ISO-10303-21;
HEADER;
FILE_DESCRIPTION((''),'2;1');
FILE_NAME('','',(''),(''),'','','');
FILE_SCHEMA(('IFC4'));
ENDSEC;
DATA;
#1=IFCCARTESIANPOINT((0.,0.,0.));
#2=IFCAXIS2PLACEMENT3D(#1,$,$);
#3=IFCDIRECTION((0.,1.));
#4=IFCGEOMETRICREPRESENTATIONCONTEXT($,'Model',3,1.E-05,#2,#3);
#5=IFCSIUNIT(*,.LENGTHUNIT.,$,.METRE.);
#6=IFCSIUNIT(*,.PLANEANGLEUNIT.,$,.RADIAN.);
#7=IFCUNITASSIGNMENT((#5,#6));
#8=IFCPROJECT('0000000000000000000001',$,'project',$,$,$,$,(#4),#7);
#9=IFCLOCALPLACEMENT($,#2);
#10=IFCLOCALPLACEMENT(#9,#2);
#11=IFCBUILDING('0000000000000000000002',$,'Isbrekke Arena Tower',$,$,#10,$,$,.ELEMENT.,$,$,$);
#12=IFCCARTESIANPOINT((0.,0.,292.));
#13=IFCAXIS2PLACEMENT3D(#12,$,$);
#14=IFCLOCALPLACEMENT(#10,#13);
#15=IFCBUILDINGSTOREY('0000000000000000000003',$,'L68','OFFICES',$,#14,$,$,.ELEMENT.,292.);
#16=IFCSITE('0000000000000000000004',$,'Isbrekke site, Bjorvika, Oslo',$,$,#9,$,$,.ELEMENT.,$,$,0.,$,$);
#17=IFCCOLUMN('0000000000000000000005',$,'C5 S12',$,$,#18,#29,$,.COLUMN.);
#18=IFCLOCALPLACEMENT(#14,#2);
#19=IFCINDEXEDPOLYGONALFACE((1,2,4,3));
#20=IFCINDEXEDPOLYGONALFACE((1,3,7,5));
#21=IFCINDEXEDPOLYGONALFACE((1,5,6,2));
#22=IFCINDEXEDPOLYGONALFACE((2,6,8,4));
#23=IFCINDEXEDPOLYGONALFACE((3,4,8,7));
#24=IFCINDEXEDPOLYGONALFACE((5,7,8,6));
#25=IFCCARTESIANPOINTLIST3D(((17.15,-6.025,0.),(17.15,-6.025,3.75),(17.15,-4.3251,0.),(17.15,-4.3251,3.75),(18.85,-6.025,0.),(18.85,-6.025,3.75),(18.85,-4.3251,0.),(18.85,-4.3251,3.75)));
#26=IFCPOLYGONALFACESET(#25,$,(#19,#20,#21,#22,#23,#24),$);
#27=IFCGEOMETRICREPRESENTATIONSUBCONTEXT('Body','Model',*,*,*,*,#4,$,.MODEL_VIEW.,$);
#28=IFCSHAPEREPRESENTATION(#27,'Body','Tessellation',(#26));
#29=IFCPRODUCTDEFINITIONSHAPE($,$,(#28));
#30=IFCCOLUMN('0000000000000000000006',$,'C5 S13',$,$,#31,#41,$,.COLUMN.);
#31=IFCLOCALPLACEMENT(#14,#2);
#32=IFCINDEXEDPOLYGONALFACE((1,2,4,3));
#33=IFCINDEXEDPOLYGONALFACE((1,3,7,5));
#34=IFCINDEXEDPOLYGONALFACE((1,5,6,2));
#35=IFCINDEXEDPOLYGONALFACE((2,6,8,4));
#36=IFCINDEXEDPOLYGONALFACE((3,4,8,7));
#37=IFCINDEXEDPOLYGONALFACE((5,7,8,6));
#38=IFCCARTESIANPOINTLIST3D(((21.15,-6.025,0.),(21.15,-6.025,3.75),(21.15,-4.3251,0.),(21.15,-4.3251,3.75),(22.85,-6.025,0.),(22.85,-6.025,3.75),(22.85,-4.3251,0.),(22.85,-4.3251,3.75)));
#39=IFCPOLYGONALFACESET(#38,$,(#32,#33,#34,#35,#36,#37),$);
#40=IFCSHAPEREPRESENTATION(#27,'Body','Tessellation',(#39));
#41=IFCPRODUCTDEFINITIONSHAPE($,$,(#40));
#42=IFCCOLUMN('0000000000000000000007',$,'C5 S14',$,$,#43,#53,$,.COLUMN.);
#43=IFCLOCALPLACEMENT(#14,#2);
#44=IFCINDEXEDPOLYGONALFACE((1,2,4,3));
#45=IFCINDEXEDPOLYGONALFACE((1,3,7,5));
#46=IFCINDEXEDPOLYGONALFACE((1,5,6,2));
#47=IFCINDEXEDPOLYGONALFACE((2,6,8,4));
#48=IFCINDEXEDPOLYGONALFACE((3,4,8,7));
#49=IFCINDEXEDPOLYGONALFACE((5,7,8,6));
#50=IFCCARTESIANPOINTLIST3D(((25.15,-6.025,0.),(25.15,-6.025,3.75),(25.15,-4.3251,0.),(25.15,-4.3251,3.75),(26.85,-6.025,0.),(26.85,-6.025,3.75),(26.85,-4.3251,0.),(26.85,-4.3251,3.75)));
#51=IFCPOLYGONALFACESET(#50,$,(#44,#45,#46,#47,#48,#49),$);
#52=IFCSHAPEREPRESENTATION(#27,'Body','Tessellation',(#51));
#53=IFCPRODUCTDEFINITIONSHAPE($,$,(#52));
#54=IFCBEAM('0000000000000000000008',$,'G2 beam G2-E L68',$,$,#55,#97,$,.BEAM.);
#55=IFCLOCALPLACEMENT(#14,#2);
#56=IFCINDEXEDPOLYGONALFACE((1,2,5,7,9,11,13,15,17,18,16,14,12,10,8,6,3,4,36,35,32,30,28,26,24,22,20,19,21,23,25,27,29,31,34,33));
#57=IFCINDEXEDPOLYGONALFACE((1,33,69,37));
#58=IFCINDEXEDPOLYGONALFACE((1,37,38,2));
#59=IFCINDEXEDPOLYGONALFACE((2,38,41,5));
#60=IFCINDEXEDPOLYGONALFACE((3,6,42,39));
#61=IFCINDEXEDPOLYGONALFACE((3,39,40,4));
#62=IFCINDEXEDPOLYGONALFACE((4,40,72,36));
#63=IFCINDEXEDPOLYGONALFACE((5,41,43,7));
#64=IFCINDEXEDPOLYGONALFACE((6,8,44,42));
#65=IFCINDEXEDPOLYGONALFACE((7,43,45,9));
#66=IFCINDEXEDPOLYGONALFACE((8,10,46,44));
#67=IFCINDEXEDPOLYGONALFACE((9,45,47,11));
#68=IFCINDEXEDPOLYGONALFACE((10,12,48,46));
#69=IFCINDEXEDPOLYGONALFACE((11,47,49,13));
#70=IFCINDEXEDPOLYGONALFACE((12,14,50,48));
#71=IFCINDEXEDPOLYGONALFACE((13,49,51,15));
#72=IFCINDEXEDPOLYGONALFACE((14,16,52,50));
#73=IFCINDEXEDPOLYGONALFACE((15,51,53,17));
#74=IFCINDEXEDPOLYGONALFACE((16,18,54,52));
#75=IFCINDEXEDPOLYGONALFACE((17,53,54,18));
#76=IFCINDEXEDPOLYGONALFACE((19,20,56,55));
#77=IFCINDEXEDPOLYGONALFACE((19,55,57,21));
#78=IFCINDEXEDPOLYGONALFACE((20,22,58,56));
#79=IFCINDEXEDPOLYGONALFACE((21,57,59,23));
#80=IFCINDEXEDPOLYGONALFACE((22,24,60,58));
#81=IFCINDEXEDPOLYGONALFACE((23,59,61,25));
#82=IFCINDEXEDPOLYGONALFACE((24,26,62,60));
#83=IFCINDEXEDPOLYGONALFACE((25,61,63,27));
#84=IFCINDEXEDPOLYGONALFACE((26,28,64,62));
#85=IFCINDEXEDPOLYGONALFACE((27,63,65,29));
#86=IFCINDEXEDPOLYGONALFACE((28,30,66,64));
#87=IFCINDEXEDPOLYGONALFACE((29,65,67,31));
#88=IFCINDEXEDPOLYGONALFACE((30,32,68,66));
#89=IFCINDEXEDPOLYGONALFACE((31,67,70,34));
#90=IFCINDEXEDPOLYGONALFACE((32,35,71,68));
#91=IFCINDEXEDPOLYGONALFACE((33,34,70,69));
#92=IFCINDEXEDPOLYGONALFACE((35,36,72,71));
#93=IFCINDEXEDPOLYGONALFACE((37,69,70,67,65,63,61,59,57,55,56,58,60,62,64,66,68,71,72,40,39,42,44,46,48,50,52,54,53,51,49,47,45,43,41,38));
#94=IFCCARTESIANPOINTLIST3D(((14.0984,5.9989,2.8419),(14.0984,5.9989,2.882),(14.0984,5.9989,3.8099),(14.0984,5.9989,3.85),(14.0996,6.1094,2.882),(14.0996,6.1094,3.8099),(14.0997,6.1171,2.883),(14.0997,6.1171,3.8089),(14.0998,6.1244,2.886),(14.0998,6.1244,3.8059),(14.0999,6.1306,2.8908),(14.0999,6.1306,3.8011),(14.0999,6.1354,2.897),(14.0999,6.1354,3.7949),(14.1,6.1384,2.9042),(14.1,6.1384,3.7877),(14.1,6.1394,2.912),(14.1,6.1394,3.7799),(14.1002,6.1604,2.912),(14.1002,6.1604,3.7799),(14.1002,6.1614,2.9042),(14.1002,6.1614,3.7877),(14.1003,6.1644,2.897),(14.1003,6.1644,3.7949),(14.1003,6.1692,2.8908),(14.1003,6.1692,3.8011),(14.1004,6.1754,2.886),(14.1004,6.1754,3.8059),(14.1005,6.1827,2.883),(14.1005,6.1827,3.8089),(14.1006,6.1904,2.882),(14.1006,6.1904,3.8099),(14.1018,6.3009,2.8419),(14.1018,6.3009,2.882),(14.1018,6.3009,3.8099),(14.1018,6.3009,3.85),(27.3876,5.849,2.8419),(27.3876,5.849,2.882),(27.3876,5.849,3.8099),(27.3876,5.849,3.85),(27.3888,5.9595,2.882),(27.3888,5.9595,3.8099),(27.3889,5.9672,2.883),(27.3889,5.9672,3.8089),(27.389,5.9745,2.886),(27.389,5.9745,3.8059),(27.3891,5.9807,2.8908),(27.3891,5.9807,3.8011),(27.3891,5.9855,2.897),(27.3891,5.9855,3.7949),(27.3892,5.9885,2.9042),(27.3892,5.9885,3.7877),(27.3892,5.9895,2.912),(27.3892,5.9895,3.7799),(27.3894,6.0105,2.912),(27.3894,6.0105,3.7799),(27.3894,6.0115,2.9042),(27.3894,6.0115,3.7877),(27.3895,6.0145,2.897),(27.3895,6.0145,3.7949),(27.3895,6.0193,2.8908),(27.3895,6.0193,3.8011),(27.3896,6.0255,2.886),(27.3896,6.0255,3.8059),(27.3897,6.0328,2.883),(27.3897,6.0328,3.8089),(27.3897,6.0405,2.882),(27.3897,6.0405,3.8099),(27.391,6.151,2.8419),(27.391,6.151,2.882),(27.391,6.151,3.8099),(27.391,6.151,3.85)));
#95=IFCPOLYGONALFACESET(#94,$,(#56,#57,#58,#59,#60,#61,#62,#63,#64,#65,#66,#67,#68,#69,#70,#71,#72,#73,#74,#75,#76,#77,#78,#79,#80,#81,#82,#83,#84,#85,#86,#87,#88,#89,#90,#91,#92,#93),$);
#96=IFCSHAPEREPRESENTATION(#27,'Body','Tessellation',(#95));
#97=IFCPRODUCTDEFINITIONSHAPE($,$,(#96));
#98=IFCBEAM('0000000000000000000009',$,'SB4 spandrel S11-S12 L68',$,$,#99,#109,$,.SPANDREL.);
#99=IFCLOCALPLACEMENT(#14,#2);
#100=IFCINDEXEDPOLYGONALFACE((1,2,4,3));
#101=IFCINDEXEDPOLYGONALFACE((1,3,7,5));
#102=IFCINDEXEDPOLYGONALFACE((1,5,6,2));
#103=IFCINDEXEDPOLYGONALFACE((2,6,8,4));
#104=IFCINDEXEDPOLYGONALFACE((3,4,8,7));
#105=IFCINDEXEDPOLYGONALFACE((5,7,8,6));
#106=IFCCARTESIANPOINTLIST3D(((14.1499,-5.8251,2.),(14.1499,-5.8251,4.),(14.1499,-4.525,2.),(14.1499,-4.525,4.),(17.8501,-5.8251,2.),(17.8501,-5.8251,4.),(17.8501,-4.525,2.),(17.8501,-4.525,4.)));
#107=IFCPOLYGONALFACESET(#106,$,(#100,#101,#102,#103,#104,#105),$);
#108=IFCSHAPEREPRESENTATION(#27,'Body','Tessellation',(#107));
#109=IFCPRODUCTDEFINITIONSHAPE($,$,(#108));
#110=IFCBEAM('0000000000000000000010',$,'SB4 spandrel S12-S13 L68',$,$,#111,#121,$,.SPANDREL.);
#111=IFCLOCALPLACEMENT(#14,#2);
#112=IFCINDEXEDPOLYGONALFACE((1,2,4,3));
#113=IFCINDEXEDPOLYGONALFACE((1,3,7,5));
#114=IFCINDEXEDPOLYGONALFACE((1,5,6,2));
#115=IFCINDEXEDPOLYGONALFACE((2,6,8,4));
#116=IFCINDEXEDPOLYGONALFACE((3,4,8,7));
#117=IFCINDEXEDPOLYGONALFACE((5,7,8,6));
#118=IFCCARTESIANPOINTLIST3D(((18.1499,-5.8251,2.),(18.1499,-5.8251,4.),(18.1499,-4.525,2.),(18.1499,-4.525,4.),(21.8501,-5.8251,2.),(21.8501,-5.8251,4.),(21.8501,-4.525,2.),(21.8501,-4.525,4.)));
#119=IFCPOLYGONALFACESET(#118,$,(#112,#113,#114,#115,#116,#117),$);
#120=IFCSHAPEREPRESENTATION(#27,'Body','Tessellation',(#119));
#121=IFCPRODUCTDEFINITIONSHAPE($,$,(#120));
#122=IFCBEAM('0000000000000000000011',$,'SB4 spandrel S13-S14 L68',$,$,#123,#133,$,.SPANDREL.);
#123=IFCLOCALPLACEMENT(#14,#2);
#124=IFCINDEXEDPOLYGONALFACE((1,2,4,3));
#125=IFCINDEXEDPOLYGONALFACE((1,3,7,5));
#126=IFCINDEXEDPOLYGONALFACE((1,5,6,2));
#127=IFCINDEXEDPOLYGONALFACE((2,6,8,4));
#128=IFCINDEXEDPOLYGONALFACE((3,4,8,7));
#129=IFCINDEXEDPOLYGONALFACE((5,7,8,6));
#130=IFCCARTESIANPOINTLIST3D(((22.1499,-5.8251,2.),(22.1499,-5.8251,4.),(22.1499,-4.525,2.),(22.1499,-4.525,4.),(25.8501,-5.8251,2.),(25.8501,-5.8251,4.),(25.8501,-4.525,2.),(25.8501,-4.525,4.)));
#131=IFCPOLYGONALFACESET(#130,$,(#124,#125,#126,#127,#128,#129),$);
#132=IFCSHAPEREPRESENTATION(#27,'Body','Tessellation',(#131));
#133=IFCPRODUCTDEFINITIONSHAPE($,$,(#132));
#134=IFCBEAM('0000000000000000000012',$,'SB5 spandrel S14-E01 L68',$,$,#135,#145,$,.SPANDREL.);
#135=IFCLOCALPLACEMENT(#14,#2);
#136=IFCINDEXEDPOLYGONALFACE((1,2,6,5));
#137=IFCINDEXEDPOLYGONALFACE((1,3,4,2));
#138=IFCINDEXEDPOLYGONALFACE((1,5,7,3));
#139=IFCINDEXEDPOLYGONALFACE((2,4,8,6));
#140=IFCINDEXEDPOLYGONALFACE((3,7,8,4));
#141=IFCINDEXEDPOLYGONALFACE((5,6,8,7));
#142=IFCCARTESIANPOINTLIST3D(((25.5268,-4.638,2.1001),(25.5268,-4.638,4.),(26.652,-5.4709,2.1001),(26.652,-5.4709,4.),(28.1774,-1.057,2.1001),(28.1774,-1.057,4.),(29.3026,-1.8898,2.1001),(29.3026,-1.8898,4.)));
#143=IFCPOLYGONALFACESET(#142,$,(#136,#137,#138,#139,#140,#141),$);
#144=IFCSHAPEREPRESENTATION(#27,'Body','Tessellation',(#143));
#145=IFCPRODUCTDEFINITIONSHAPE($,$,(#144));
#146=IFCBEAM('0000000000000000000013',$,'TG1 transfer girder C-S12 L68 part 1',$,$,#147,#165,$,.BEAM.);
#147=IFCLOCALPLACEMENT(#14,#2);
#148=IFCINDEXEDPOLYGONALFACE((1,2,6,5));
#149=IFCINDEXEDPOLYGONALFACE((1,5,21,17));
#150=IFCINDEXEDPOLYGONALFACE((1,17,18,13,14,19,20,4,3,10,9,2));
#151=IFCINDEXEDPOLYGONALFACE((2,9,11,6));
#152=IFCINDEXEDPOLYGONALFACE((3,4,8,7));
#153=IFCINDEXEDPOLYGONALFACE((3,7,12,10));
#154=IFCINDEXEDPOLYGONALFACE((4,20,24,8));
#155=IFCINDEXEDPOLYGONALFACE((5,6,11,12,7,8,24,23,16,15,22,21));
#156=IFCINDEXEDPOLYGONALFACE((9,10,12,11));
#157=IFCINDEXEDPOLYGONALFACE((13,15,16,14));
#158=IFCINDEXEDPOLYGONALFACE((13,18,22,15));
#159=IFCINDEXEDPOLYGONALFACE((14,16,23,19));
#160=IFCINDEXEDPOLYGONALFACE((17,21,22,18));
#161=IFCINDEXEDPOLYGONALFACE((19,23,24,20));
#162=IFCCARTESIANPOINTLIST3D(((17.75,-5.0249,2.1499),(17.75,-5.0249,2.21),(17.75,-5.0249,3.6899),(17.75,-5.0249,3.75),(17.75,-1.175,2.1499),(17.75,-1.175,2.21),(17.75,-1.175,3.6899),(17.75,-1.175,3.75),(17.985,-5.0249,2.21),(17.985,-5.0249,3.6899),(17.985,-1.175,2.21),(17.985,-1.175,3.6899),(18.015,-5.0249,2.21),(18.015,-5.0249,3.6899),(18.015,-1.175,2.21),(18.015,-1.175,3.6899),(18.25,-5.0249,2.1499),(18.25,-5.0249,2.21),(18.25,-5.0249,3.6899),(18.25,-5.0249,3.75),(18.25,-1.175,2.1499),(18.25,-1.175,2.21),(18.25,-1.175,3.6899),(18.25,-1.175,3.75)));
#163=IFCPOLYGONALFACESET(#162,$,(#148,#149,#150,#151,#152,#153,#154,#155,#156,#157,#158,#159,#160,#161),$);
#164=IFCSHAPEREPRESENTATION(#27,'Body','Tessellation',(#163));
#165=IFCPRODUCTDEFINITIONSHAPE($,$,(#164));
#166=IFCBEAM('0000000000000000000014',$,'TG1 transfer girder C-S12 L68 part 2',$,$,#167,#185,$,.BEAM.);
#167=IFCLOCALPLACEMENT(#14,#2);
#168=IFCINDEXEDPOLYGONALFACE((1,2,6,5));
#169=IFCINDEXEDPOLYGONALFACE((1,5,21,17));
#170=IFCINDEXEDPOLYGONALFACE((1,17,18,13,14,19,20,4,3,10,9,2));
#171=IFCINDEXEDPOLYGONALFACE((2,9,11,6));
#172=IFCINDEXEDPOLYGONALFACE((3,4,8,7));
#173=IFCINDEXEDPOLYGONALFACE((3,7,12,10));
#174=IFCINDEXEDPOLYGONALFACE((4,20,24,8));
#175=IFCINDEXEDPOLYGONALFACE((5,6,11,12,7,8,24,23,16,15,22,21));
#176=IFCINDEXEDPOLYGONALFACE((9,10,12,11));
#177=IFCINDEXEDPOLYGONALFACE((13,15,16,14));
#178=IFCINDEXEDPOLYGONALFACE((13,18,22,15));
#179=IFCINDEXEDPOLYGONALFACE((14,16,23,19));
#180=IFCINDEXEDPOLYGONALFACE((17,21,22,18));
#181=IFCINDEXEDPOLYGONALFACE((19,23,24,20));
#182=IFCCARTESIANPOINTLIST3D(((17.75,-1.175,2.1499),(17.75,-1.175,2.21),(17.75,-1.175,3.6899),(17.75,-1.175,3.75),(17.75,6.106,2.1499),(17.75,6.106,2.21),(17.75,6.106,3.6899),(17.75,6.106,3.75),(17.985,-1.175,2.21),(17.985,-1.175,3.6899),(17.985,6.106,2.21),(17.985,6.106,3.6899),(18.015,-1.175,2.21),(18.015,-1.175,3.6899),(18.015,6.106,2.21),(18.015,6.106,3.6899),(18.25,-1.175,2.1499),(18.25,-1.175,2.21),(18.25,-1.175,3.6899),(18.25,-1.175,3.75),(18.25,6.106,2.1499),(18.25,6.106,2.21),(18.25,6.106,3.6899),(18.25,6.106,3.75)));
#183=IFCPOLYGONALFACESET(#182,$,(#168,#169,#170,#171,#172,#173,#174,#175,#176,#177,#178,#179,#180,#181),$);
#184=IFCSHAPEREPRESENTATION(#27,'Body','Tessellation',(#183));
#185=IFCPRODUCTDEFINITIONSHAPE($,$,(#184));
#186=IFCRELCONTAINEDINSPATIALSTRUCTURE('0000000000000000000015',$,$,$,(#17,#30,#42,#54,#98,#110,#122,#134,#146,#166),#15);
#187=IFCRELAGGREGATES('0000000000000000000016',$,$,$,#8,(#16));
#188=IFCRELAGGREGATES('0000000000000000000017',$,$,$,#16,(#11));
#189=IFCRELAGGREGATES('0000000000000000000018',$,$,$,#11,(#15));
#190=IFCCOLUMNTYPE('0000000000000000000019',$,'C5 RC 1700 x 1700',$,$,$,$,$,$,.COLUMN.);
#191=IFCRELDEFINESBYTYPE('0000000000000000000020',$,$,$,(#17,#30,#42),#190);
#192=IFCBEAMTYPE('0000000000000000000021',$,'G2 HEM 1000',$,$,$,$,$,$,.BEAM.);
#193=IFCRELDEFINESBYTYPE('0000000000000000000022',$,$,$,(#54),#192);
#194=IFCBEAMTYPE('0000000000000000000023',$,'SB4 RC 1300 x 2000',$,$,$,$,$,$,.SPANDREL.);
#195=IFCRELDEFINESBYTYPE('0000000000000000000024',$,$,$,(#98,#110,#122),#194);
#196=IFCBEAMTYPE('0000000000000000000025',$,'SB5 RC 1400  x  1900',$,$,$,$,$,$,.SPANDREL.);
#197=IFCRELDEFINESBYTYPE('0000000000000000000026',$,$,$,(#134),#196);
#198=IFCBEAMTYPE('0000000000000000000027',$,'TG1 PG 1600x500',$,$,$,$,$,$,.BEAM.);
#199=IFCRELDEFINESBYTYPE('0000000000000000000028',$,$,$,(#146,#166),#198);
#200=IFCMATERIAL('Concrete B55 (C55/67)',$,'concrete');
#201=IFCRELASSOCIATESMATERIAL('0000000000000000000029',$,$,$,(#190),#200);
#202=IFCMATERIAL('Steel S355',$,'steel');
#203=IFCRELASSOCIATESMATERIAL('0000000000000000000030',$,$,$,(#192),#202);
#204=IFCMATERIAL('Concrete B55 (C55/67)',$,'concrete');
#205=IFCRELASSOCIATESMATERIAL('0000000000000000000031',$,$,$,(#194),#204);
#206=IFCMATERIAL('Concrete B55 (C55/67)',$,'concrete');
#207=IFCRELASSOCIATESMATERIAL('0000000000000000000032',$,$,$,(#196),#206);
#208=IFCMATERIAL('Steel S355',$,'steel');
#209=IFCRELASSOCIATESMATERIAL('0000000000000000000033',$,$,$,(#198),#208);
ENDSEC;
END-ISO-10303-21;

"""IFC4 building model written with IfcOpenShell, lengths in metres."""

from ifc_helpers import new_model, si_unit, direction, frame, origin, origin_2d, place, context, subcontext, project, spatial, rectangle, i_section, extrude, material, material_profile, profile_set, type_object, element, save


model = new_model("IFC4")

# Units and contexts
model_context = context("Model", 3, precision=1e-05, world=origin(), true_north=direction((0.0, 1.0)))
body_context = subcontext(model_context, "Body", "Model", "MODEL_VIEW")
ifc_project = project(units=[si_unit("LENGTHUNIT", "METRE"), si_unit("PLANEANGLEUNIT", "RADIAN")], contexts=[model_context])

# Site, building, storey
site_placement = place(None, origin())
site = spatial("IfcSite", under=ifc_project, at=site_placement, Name="Isbrekke site, Bjorvika, Oslo", CompositionType="ELEMENT", RefElevation=0.0)
building_placement = place(site_placement, origin())
building = spatial("IfcBuilding", under=site, at=building_placement, Name="Isbrekke Arena Tower", CompositionType="ELEMENT")
storey_placement = place(building_placement, frame((0.0, 0.0, 292.0)))
storey = spatial("IfcBuildingStorey", under=building, at=storey_placement, Name="L68", Description="OFFICES", CompositionType="ELEMENT", Elevation=292.0)

# Columns
ifc_material_1 = material(Name="Concrete B55 (C55/67)", Category="concrete")
ifc_material_profile_1 = material_profile(ifc_material_1, rectangle(XDim=1.7, YDim=1.7, at=origin_2d()), Name="RC 1700x1700")
ifc_profile_set_1 = profile_set([ifc_material_profile_1], Name="Concrete B55 (C55/67)")
column_type = type_object("IfcColumnType", Name="C5 RC 1700 x 1700", PredefinedType="COLUMN", material=ifc_profile_set_1)
for number, where, z_axis, x_axis, name in (
    (1, (18.0, -5.175, 0.0), (0.0, 0.0, 1.0), (1.0, 0.0, 0.0), "C5 S12"),
    (2, (22.0, -5.175, 0.0), (0.0, 0.0, 1.0), (1.0, 0.0, 0.0), "C5 S13"),
    (3, (26.0, -5.175, 0.0), (0.0, 0.0, 1.0), (1.0, 0.0, 0.0), "C5 S14"),
):
    element("IfcColumn", number, at=place(storey_placement, frame(where, z_axis=z_axis, x_axis=x_axis)), inside=storey, type_object=column_type, Name=name, PredefinedType="COLUMN", context=body_context, shape_type="SweptSolid", body=[
        extrude(rectangle(XDim=1.7, YDim=1.7, at=origin_2d()), origin(), (0.0, 0.0, 1.0), 3.75),
    ])

# Beams
ifc_material_2 = material(Name="Steel S355", Category="steel")
ifc_material_profile_2 = material_profile(ifc_material_2, i_section(OverallWidth=0.302, OverallDepth=1.0081, WebThickness=0.021, FlangeThickness=0.04, FilletRadius=0.03, at=origin_2d()), Name="HEM 1000")
ifc_profile_set_2 = profile_set([ifc_material_profile_2], Name="Steel S355")
beam_type_1 = type_object("IfcBeamType", Name="G2 HEM 1000", PredefinedType="BEAM", material=ifc_profile_set_2)
beam_1_placement = place(storey_placement, frame((14.1001, 6.1499, 3.3459), z_axis=(0.999936, -0.011279, 0.0), x_axis=(0.011279, 0.999936, 0.0)))
element("IfcBeam", 4, at=beam_1_placement, inside=storey, type_object=beam_type_1, Name="G2 beam G2-E L68", PredefinedType="BEAM", context=body_context, shape_type="SweptSolid", body=[
    extrude(i_section(OverallWidth=0.302, OverallDepth=1.0081, WebThickness=0.021, FlangeThickness=0.04, FilletRadius=0.03, at=origin_2d()), origin(), (0.0, 0.0, 1.0), 13.29),
])
ifc_material_3 = material(Name="Concrete B55 (C55/67)", Category="concrete")
ifc_material_profile_3 = material_profile(ifc_material_3, rectangle(XDim=1.3, YDim=2.0, at=origin_2d()), Name="RC 1300x2000")
ifc_profile_set_3 = profile_set([ifc_material_profile_3], Name="Concrete B55 (C55/67)")
beam_type_2 = type_object("IfcBeamType", Name="SB4 RC 1300 x 2000", PredefinedType="SPANDREL", material=ifc_profile_set_3)
for number, where, z_axis, x_axis, name in (
    (5, (14.1499, -5.175, 3.0), (1.0, 0.0, 0.0), (0.0, 1.0, 0.0), "SB4 spandrel S11-S12 L68"),
    (6, (18.1499, -5.175, 3.0), (1.0, 0.0, 0.0), (0.0, 1.0, 0.0), "SB4 spandrel S12-S13 L68"),
    (7, (22.1499, -5.175, 3.0), (1.0, 0.0, 0.0), (0.0, 1.0, 0.0), "SB4 spandrel S13-S14 L68"),
):
    element("IfcBeam", number, at=place(storey_placement, frame(where, z_axis=z_axis, x_axis=x_axis)), inside=storey, type_object=beam_type_2, Name=name, PredefinedType="SPANDREL", context=body_context, shape_type="SweptSolid", body=[
        extrude(rectangle(XDim=1.3, YDim=2.0, at=origin_2d()), origin(), (0.0, 0.0, 1.0), 3.7002),
    ])
ifc_material_4 = material(Name="Concrete B55 (C55/67)", Category="concrete")
ifc_material_profile_4 = material_profile(ifc_material_4, rectangle(XDim=1.3999, YDim=1.8999, at=origin_2d()), Name="RC 1400 x 1900")
ifc_profile_set_4 = profile_set([ifc_material_profile_4], Name="Concrete B55 (C55/67)")
beam_type_3 = type_object("IfcBeamType", Name="SB5 RC 1400  x  1900", PredefinedType="SPANDREL", material=ifc_profile_set_4)
beam_2_placement = place(storey_placement, frame((26.0894, -5.0544, 3.05), z_axis=(0.594938, 0.803772, 0.0), x_axis=(-0.803772, 0.594938, 0.0)))
element("IfcBeam", 8, at=beam_2_placement, inside=storey, type_object=beam_type_3, Name="SB5 spandrel S14-E01 L68", PredefinedType="SPANDREL", context=body_context, shape_type="SweptSolid", body=[
    extrude(rectangle(XDim=1.3999, YDim=1.8999, at=origin_2d()), origin(), (0.0, 0.0, 1.0), 4.4553),
])
ifc_material_5 = material(Name="Steel S355", Category="steel")
ifc_material_profile_5 = material_profile(ifc_material_5, i_section(OverallWidth=0.5, OverallDepth=1.6001, WebThickness=0.03, FlangeThickness=0.0601, at=origin_2d()), Name="PG 1600x500")
ifc_profile_set_5 = profile_set([ifc_material_profile_5], Name="Steel S355")
beam_type_4 = type_object("IfcBeamType", Name="TG1 PG 1600x500", PredefinedType="BEAM", material=ifc_profile_set_5)
beam_3_placement = place(storey_placement, frame((18.0, -5.0249, 2.95), z_axis=(0.0, 1.0, 0.0), x_axis=(-1.0, 0.0, 0.0)))
element("IfcBeam", 9, at=beam_3_placement, inside=storey, type_object=beam_type_4, Name="TG1 transfer girder C-S12 L68 part 1", PredefinedType="BEAM", context=body_context, shape_type="SweptSolid", body=[
    extrude(i_section(OverallWidth=0.5, OverallDepth=1.6001, WebThickness=0.03, FlangeThickness=0.0601, at=origin_2d()), origin(), (0.0, 0.0, 1.0), 3.8499),
])
beam_4_placement = place(storey_placement, frame((18.0, -1.175, 2.95), z_axis=(0.0, 1.0, 0.0), x_axis=(-1.0, 0.0, 0.0)))
element("IfcBeam", 10, at=beam_4_placement, inside=storey, type_object=beam_type_4, Name="TG1 transfer girder C-S12 L68 part 2", PredefinedType="BEAM", context=body_context, shape_type="SweptSolid", body=[
    extrude(i_section(OverallWidth=0.5, OverallDepth=1.6001, WebThickness=0.03, FlangeThickness=0.0601, at=origin_2d()), origin(), (0.0, 0.0, 1.0), 7.281),
])

save(model, "model.ifc")
